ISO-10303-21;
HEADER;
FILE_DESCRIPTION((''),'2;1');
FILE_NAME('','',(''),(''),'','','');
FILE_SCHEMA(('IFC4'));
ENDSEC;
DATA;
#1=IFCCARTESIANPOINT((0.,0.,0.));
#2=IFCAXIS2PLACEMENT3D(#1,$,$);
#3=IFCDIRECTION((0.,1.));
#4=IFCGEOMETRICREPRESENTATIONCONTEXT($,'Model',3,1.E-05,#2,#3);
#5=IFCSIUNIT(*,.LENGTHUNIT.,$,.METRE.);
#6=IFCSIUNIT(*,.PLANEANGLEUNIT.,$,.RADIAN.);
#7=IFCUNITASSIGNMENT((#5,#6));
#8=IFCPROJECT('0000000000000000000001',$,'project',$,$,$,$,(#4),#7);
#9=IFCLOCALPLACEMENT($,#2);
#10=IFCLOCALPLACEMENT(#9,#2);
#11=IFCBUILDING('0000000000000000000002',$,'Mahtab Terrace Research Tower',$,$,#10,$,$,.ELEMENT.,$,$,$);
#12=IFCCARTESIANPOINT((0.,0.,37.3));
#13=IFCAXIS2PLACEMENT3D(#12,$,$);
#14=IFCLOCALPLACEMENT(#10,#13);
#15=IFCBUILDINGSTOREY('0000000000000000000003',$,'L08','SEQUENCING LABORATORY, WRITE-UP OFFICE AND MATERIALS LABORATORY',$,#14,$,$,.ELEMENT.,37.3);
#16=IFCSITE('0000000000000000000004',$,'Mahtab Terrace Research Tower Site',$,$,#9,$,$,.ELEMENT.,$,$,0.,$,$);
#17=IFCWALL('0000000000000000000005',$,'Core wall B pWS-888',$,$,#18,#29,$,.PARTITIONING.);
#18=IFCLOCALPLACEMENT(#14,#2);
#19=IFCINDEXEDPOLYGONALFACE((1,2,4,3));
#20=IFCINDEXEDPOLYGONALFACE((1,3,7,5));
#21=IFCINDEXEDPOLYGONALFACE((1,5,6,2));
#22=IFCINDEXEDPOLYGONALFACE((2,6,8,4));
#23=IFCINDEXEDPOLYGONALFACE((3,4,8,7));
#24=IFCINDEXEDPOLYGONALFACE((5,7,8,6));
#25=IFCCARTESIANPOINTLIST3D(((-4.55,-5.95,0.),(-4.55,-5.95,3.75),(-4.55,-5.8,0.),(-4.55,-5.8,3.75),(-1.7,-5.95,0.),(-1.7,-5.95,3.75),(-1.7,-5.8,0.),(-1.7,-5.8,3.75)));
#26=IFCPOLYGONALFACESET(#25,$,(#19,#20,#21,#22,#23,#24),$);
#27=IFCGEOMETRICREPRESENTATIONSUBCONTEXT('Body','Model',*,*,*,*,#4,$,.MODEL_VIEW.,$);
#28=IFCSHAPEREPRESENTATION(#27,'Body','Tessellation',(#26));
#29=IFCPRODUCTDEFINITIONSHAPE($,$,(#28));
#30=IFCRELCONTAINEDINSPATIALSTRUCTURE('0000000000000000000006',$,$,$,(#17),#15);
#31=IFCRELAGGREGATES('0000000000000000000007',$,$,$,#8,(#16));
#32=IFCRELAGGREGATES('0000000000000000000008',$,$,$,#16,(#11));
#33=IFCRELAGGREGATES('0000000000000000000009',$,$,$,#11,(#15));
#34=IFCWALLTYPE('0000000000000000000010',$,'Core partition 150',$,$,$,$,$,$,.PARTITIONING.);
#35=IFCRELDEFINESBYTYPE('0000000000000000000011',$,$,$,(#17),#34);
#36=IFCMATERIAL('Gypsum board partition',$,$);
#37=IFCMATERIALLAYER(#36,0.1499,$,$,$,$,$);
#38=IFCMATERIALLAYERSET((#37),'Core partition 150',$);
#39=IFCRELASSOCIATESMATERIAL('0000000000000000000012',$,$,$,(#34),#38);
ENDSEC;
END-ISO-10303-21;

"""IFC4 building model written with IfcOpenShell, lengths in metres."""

from ifc_helpers import new_model, si_unit, direction, frame, frame_2d, origin, place, context, subcontext, project, spatial, rectangle, extrude, material, layer, layer_set, type_object, element, save


model = new_model("IFC4")

# Units and contexts
model_context = context("Model", 3, precision=1e-05, world=origin(), true_north=direction((0.0, 1.0)))
body_context = subcontext(model_context, "Body", "Model", "MODEL_VIEW")
ifc_project = project(units=[si_unit("LENGTHUNIT", "METRE"), si_unit("PLANEANGLEUNIT", "RADIAN")], contexts=[model_context])

# Site, building, storey
site_placement = place(None, origin())
site = spatial("IfcSite", under=ifc_project, at=site_placement, Name="Mahtab Terrace Research Tower Site", CompositionType="ELEMENT", RefElevation=0.0)
building_placement = place(site_placement, origin())
building = spatial("IfcBuilding", under=site, at=building_placement, Name="Mahtab Terrace Research Tower", CompositionType="ELEMENT")
storey_placement = place(building_placement, frame((0.0, 0.0, 37.3)))
storey = spatial("IfcBuildingStorey", under=building, at=storey_placement, Name="L08", Description="SEQUENCING LABORATORY, WRITE-UP OFFICE AND MATERIALS LABORATORY", CompositionType="ELEMENT", Elevation=37.3)

# Wall
ifc_material_1 = material(Name="Gypsum board partition")
ifc_layer_1 = layer(ifc_material_1, 0.1499)
ifc_layer_set_1 = layer_set([ifc_layer_1], Name="Core partition 150")
wall_type_1 = type_object("IfcWallType", Name="Core partition 150", PredefinedType="PARTITIONING", material=ifc_layer_set_1)
wall_1_placement = place(storey_placement, frame((-4.55, -5.875, 0.0), z_axis=(0.0, 0.0, 1.0), x_axis=(1.0, 0.0, 0.0)))
element("IfcWall", 1, at=wall_1_placement, inside=storey, type_object=wall_type_1, Name="Core wall B pWS-888", PredefinedType="PARTITIONING", context=body_context, shape_type="SweptSolid", body=[
    extrude(rectangle(XDim=2.8501, YDim=0.1499, at=frame_2d((1.425, 0.0))), origin(), (0.0, 0.0, 1.0), 3.75),
])

save(model, "model.ifc")
